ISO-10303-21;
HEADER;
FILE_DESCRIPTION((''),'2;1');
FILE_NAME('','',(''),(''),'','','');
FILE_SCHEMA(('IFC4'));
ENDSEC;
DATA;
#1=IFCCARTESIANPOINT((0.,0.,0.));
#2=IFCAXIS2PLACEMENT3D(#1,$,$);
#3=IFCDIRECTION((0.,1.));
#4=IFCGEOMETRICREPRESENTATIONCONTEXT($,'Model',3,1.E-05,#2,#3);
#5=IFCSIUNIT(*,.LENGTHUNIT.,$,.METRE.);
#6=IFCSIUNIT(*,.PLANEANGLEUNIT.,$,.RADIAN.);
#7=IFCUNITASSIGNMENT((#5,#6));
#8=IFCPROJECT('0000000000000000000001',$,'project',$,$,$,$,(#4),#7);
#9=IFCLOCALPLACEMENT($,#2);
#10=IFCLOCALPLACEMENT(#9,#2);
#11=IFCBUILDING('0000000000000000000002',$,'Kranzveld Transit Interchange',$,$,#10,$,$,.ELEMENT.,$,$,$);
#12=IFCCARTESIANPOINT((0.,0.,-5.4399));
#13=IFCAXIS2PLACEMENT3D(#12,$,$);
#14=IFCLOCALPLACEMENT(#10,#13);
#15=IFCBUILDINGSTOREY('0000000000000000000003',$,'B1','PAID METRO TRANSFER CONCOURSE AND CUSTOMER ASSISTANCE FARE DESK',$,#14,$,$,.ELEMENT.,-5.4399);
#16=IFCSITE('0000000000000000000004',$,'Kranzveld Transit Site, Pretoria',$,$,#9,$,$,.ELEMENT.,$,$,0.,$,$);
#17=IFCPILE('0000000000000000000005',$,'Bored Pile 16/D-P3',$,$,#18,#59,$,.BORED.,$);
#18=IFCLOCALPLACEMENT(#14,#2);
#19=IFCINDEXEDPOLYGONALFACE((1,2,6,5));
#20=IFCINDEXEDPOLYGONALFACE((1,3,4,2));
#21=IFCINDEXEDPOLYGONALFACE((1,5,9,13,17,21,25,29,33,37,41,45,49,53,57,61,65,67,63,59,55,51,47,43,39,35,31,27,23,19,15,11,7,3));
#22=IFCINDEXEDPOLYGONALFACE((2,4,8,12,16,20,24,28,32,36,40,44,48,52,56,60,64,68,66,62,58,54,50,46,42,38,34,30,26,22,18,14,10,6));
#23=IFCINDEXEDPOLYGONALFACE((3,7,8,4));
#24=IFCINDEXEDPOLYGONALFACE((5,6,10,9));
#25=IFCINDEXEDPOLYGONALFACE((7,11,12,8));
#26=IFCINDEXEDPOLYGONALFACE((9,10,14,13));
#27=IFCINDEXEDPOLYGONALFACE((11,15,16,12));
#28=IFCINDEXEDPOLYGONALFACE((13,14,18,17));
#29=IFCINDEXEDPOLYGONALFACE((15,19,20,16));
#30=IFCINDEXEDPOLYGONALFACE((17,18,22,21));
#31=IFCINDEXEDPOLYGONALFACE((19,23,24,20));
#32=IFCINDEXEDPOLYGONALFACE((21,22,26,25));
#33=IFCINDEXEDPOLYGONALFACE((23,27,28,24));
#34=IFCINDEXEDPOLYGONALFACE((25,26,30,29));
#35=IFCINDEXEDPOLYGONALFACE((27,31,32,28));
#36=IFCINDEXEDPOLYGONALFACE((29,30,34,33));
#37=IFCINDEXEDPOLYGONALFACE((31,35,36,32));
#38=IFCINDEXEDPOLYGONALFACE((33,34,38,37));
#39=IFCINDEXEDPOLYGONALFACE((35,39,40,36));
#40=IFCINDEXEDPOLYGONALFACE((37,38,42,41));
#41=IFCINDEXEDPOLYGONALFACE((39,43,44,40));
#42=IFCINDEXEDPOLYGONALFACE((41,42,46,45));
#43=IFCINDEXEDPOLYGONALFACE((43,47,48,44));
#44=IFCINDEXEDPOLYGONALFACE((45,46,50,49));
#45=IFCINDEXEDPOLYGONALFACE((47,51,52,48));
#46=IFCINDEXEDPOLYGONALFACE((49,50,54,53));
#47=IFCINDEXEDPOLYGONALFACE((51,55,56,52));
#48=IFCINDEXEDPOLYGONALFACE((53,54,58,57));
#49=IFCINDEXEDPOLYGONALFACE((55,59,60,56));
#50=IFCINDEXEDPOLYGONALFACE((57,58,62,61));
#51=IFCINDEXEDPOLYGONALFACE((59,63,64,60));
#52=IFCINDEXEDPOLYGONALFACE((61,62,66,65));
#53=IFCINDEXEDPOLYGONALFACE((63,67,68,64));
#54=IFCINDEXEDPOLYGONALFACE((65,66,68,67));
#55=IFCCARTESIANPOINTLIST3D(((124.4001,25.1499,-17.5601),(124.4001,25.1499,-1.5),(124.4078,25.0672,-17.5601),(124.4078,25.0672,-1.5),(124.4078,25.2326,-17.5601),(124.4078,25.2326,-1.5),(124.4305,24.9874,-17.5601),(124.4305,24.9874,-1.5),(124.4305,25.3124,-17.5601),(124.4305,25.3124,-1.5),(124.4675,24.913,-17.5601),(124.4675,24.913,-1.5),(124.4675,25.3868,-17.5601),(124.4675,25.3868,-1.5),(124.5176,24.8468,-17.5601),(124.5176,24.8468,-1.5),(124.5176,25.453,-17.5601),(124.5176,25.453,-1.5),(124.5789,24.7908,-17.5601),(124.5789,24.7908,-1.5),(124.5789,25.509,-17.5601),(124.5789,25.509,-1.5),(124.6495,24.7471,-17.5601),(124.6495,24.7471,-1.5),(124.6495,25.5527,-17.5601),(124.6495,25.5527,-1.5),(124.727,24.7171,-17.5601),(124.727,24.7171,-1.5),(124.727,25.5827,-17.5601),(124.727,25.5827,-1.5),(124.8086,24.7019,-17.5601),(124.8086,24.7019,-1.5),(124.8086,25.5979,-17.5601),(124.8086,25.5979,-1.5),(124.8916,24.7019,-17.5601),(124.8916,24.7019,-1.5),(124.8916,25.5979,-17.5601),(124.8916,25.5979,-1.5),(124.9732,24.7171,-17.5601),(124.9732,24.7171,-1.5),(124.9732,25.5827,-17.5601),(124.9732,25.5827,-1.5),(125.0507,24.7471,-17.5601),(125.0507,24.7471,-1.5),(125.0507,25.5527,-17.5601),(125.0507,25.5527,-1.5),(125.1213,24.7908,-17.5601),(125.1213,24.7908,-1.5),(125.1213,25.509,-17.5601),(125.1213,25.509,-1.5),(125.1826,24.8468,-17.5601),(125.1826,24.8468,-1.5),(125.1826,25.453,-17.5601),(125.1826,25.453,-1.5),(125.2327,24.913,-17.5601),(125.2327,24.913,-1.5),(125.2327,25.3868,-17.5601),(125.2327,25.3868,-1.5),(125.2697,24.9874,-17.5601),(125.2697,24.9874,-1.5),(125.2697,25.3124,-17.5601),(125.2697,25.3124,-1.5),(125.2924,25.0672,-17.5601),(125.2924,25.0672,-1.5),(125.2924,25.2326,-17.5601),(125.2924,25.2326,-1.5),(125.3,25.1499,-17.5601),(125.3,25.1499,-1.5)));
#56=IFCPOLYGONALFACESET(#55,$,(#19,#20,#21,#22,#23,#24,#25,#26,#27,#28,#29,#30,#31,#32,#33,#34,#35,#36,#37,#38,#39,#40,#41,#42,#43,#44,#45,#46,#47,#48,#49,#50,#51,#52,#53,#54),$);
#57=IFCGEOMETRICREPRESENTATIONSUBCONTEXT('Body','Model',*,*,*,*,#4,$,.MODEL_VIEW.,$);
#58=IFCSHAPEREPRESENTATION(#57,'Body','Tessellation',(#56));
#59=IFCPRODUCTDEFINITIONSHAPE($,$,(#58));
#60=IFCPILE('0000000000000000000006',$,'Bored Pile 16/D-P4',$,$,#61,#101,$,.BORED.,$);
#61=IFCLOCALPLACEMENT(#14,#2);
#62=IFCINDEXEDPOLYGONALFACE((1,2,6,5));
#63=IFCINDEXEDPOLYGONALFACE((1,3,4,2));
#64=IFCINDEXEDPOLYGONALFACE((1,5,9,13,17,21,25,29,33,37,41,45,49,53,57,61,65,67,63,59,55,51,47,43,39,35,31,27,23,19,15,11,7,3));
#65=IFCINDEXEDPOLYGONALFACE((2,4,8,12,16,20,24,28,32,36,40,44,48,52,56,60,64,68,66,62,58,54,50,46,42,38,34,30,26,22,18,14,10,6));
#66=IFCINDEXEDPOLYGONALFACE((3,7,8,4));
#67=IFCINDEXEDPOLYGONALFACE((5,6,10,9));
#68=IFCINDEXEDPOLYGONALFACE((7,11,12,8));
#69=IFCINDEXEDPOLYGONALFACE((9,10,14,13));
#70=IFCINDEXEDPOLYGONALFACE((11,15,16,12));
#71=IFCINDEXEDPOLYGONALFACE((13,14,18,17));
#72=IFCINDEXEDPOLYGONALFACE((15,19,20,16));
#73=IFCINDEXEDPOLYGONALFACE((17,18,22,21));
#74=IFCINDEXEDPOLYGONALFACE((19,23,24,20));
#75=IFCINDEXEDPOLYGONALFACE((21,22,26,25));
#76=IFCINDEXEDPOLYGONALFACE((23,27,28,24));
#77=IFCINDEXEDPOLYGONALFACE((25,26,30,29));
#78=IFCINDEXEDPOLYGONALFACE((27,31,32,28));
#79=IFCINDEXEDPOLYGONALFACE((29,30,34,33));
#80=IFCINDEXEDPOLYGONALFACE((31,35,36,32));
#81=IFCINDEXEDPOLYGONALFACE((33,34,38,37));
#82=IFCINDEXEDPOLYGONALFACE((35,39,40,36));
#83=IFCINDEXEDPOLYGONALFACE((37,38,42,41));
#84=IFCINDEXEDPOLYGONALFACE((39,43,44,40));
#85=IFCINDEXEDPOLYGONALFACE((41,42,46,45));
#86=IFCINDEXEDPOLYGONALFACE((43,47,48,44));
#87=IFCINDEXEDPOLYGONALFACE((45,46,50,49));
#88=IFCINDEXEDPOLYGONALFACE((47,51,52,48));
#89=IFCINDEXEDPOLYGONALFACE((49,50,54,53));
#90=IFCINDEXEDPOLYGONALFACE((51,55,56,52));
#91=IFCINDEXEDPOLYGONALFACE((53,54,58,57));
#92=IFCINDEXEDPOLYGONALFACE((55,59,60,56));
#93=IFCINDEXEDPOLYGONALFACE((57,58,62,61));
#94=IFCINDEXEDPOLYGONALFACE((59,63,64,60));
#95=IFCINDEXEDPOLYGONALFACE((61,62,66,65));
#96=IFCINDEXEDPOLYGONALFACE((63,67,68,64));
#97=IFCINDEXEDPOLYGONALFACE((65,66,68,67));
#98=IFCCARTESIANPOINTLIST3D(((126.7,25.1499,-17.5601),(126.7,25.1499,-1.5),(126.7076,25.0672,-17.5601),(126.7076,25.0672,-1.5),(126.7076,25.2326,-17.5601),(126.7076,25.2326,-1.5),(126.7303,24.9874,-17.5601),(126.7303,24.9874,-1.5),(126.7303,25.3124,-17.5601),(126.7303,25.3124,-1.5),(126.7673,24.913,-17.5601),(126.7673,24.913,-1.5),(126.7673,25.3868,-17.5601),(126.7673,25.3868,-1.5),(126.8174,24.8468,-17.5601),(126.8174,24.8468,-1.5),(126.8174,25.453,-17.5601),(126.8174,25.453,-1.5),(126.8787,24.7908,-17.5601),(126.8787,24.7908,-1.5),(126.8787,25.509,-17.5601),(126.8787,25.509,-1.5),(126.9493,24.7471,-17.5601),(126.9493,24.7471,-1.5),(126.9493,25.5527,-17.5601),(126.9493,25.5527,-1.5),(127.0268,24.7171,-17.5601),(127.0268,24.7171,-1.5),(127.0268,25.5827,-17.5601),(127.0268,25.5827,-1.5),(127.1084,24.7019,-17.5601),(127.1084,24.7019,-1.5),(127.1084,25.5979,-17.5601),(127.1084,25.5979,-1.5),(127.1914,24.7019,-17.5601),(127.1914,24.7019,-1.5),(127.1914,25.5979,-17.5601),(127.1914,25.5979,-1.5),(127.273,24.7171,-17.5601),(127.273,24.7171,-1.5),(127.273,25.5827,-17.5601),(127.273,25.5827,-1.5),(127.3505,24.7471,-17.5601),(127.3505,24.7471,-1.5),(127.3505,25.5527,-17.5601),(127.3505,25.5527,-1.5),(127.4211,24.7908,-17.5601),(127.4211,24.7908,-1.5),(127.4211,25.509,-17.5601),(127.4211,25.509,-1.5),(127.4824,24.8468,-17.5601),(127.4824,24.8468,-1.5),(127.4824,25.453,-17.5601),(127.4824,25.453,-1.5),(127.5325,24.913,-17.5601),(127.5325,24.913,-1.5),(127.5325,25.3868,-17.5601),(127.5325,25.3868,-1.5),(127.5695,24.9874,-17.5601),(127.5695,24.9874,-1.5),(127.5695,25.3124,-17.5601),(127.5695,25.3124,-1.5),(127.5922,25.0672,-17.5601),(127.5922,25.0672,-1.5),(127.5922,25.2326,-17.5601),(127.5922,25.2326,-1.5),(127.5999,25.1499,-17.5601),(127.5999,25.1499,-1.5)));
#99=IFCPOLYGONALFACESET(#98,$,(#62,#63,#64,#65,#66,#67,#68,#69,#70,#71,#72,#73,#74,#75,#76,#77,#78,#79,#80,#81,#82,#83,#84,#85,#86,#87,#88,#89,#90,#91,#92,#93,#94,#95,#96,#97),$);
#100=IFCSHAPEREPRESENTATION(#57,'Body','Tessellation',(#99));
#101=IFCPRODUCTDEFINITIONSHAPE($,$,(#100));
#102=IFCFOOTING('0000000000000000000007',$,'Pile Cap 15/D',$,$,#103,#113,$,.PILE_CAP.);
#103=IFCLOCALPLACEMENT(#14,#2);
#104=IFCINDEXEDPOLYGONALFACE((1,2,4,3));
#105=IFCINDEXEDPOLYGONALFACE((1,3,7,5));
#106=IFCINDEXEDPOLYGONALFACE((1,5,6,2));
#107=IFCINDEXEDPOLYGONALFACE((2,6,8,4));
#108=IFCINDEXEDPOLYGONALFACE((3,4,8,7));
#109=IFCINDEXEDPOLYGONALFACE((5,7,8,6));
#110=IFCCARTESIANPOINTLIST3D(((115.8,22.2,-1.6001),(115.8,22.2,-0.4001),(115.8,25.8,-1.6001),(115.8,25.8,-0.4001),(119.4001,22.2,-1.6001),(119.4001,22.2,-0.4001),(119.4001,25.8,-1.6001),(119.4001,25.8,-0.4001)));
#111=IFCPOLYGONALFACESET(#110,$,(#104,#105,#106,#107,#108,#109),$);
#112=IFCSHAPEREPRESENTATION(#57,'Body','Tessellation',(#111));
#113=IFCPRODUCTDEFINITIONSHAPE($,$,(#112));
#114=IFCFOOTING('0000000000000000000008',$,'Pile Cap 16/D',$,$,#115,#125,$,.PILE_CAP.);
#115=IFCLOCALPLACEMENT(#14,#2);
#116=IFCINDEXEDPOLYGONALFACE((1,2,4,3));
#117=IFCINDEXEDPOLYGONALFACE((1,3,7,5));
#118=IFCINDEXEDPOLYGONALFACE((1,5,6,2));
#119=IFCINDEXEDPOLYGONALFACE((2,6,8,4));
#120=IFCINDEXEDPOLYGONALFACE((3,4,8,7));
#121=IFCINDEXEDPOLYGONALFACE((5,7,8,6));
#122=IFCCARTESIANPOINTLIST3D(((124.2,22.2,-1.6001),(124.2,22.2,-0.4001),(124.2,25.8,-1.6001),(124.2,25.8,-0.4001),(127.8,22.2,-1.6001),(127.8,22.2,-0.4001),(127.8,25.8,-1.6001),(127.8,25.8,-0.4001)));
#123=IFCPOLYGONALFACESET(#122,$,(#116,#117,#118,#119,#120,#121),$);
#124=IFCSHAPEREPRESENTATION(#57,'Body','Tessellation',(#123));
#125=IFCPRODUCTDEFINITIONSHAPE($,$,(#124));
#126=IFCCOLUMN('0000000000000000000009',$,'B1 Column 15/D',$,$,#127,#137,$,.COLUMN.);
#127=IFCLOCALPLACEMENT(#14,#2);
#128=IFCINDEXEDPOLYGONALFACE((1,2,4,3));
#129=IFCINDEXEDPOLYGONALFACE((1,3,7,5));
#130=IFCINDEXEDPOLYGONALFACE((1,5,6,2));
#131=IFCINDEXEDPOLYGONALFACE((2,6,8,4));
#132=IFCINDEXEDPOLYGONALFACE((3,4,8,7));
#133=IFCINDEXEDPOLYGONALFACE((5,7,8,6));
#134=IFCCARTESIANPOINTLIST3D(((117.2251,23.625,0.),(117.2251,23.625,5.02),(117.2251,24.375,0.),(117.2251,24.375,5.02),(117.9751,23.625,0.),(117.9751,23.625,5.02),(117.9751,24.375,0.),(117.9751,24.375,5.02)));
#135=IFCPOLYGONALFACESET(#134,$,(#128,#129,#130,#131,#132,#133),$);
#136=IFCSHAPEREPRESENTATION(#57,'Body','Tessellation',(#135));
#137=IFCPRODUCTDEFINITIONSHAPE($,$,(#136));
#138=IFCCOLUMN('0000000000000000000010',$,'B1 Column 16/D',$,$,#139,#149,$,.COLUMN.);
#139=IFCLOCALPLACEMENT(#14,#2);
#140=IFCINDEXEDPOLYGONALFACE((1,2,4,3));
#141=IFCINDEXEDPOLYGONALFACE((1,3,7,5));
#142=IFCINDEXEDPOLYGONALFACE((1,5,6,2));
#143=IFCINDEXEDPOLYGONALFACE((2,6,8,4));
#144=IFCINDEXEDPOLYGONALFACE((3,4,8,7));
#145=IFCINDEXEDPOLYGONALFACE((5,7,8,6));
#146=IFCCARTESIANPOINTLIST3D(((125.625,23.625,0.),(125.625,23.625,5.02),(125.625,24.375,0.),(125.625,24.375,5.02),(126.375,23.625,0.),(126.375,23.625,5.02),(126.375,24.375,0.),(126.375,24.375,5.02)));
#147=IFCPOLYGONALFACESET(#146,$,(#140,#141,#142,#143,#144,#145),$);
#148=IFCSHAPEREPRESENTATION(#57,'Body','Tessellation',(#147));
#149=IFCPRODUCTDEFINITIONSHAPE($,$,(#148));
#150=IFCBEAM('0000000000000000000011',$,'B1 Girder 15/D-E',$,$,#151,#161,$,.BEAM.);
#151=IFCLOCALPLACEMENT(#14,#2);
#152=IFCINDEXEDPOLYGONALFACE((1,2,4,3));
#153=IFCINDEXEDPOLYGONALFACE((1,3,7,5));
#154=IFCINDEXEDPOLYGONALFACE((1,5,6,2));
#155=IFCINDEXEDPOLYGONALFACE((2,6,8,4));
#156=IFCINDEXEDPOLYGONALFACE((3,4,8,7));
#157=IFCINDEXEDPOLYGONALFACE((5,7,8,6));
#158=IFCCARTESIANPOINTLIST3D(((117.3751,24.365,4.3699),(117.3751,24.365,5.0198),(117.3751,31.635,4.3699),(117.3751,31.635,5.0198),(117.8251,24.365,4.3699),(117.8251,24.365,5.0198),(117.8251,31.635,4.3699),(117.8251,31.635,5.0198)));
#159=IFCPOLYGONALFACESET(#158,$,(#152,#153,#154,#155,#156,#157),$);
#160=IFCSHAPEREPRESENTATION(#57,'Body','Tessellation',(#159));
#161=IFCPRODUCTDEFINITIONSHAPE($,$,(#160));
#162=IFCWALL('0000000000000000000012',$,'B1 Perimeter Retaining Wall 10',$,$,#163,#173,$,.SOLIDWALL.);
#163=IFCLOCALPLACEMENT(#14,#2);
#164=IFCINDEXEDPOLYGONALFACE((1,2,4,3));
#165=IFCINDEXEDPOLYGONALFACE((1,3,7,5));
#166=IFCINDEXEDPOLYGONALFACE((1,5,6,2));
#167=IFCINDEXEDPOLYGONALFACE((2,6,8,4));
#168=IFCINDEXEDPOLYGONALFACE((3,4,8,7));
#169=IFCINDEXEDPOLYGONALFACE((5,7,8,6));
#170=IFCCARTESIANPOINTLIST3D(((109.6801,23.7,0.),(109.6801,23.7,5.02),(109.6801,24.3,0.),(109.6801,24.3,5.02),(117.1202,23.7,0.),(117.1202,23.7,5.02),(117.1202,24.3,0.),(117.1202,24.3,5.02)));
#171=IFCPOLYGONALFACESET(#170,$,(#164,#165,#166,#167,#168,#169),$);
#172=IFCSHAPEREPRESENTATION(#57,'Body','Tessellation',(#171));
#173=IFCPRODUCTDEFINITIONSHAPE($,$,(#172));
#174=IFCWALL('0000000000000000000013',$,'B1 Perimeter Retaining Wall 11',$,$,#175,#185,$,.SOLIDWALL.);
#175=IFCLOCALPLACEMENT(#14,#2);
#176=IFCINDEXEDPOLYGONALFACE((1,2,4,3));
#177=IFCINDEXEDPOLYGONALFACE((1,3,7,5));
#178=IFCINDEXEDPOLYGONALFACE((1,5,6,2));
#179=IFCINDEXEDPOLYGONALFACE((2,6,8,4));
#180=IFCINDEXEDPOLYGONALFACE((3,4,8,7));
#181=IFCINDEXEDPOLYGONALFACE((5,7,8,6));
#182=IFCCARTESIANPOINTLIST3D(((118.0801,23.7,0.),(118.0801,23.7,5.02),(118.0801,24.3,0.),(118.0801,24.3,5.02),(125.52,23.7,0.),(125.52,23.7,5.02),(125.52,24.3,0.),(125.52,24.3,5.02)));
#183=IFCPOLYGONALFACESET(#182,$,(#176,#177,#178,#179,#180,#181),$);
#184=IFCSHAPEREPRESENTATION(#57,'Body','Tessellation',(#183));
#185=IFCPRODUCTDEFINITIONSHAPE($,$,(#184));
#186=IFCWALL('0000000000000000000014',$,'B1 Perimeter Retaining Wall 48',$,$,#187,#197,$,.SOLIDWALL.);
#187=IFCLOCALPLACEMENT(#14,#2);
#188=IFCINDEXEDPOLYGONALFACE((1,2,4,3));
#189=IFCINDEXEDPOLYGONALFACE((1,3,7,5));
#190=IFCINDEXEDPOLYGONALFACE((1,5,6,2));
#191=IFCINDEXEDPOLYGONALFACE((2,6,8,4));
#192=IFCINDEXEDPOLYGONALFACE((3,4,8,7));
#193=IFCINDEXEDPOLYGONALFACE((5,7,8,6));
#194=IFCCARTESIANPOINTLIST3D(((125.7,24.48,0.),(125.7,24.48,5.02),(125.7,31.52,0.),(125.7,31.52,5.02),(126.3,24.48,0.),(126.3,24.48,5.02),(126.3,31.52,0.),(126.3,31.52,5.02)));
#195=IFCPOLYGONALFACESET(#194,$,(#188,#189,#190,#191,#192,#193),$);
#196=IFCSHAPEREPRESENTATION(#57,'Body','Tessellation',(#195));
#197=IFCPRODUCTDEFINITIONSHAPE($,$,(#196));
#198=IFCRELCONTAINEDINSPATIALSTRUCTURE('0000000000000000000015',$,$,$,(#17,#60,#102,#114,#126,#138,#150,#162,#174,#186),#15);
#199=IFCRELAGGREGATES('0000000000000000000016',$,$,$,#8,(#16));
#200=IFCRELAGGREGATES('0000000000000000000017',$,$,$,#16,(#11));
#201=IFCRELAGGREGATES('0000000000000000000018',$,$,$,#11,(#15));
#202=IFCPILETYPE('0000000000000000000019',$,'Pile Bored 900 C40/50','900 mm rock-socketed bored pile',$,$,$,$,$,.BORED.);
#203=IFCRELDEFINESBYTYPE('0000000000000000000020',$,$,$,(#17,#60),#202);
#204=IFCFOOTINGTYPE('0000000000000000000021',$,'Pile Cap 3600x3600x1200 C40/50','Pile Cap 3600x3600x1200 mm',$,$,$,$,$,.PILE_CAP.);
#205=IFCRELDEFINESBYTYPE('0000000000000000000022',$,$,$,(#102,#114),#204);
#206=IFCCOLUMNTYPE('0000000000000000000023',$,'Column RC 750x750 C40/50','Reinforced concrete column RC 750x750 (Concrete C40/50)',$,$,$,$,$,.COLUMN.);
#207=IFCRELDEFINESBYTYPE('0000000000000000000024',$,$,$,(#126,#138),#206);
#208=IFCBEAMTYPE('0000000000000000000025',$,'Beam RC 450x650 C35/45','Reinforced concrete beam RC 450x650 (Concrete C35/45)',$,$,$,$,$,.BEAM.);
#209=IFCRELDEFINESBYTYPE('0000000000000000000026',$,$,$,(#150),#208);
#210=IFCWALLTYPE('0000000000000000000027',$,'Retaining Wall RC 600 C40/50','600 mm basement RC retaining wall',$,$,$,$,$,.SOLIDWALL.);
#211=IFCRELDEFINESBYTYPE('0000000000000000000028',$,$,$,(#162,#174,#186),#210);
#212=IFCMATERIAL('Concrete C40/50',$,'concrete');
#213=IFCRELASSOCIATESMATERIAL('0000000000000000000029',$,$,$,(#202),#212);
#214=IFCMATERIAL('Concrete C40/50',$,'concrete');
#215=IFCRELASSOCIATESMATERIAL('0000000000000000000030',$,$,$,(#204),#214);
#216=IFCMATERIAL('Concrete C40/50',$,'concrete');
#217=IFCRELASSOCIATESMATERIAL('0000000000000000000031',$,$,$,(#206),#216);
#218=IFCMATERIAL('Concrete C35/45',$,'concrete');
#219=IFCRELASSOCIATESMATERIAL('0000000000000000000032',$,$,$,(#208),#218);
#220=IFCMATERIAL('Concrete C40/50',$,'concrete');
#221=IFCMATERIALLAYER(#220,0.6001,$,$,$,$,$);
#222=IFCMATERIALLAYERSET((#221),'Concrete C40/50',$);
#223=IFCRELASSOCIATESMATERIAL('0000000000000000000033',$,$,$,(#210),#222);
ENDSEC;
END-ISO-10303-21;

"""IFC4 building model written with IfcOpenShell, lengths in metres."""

from ifc_helpers import new_model, si_unit, direction, frame, frame_2d, origin, origin_2d, place, context, subcontext, project, spatial, rectangle, circle, extrude, material, layer, layer_set, material_profile, profile_set, type_object, element, save


model = new_model("IFC4")

# Units and contexts
model_context = context("Model", 3, precision=1e-05, world=origin(), true_north=direction((0.0, 1.0)))
body_context = subcontext(model_context, "Body", "Model", "MODEL_VIEW")
ifc_project = project(units=[si_unit("LENGTHUNIT", "METRE"), si_unit("PLANEANGLEUNIT", "RADIAN")], contexts=[model_context])

# Site, building, storey
site_placement = place(None, origin())
site = spatial("IfcSite", under=ifc_project, at=site_placement, Name="Kranzveld Transit Site, Pretoria", CompositionType="ELEMENT", RefElevation=0.0)
building_placement = place(site_placement, origin())
building = spatial("IfcBuilding", under=site, at=building_placement, Name="Kranzveld Transit Interchange", CompositionType="ELEMENT")
storey_placement = place(building_placement, frame((0.0, 0.0, -5.4399)))
storey = spatial("IfcBuildingStorey", under=building, at=storey_placement, Name="B1", Description="PAID METRO TRANSFER CONCOURSE AND CUSTOMER ASSISTANCE FARE DESK", CompositionType="ELEMENT", Elevation=-5.4399)

# Piles
ifc_material_1 = material(Name="Concrete C40/50", Category="concrete")
ifc_material_profile_1 = material_profile(ifc_material_1, circle(Radius=0.45, at=origin_2d()), Name="BORED PILE 900")
ifc_profile_set_1 = profile_set([ifc_material_profile_1], Name="Concrete C40/50")
pile_type = type_object("IfcPileType", Name="Pile Bored 900 C40/50", Description="900 mm rock-socketed bored pile", PredefinedType="BORED", material=ifc_profile_set_1)
for number, where, z_axis, x_axis, name in (
    (1, (124.8501, 25.1499, -1.5), (0.0, 0.0, -1.0), (1.0, 0.0, 0.0), "Bored Pile 16/D-P3"),
    (2, (127.1499, 25.1499, -1.5), (0.0, 0.0, -1.0), (1.0, 0.0, 0.0), "Bored Pile 16/D-P4"),
):
    element("IfcPile", number, at=place(storey_placement, frame(where, z_axis=z_axis, x_axis=x_axis)), inside=storey, type_object=pile_type, Name=name, PredefinedType="BORED", context=body_context, shape_type="SweptSolid", body=[
        extrude(circle(Radius=0.45, at=origin_2d()), origin(), (0.0, 0.0, 1.0), 16.0601),
    ])

# Footings
ifc_material_2 = material(Name="Concrete C40/50", Category="concrete")
footing_type = type_object("IfcFootingType", Name="Pile Cap 3600x3600x1200 C40/50", Description="Pile Cap 3600x3600x1200 mm", PredefinedType="PILE_CAP", material=ifc_material_2)
for number, where, z_axis, x_axis, name in (
    (3, (117.6001, 24.0, -1.6001), (0.0, 0.0, 1.0), (1.0, 0.0, 0.0), "Pile Cap 15/D"),
    (4, (126.0, 24.0, -1.6001), (0.0, 0.0, 1.0), (1.0, 0.0, 0.0), "Pile Cap 16/D"),
):
    element("IfcFooting", number, at=place(storey_placement, frame(where, z_axis=z_axis, x_axis=x_axis)), inside=storey, type_object=footing_type, Name=name, PredefinedType="PILE_CAP", context=body_context, shape_type="SweptSolid", body=[
        extrude(rectangle(XDim=3.6001, YDim=3.6001, at=origin_2d()), origin(), (0.0, 0.0, 1.0), 1.2),
    ])

# Columns
ifc_material_3 = material(Name="Concrete C40/50", Category="concrete")
ifc_material_profile_2 = material_profile(ifc_material_3, rectangle(XDim=0.75, YDim=0.75, at=origin_2d()), Name="RC 750x750")
ifc_profile_set_2 = profile_set([ifc_material_profile_2], Name="Concrete C40/50")
column_type = type_object("IfcColumnType", Name="Column RC 750x750 C40/50", Description="Reinforced concrete column RC 750x750 (Concrete C40/50)", PredefinedType="COLUMN", material=ifc_profile_set_2)
for number, where, z_axis, x_axis, name in (
    (5, (117.6001, 24.0, 0.0), (0.0, 0.0, 1.0), (1.0, 0.0, 0.0), "B1 Column 15/D"),
    (6, (126.0, 24.0, 0.0), (0.0, 0.0, 1.0), (1.0, 0.0, 0.0), "B1 Column 16/D"),
):
    element("IfcColumn", number, at=place(storey_placement, frame(where, z_axis=z_axis, x_axis=x_axis)), inside=storey, type_object=column_type, Name=name, PredefinedType="COLUMN", context=body_context, shape_type="SweptSolid", body=[
        extrude(rectangle(XDim=0.75, YDim=0.75, at=origin_2d()), origin(), (0.0, 0.0, 1.0), 5.02),
    ])

# Beam
ifc_material_4 = material(Name="Concrete C35/45", Category="concrete")
ifc_material_profile_3 = material_profile(ifc_material_4, rectangle(XDim=0.45, YDim=0.6499, at=origin_2d()), Name="RC 450x650")
ifc_profile_set_3 = profile_set([ifc_material_profile_3], Name="Concrete C35/45")
beam_type = type_object("IfcBeamType", Name="Beam RC 450x650 C35/45", Description="Reinforced concrete beam RC 450x650 (Concrete C35/45)", PredefinedType="BEAM", material=ifc_profile_set_3)
beam_placement = place(storey_placement, frame((117.6001, 24.365, 4.6948), z_axis=(0.0, 1.0, 0.0), x_axis=(-1.0, 0.0, 0.0)))
element("IfcBeam", 7, at=beam_placement, inside=storey, type_object=beam_type, Name="B1 Girder 15/D-E", PredefinedType="BEAM", context=body_context, shape_type="SweptSolid", body=[
    extrude(rectangle(XDim=0.45, YDim=0.6499, at=origin_2d()), origin(), (0.0, 0.0, 1.0), 7.27),
])

# Walls
ifc_material_5 = material(Name="Concrete C40/50", Category="concrete")
ifc_layer_1 = layer(ifc_material_5, 0.6001)
ifc_layer_set_1 = layer_set([ifc_layer_1], Name="Concrete C40/50")
wall_type_1 = type_object("IfcWallType", Name="Retaining Wall RC 600 C40/50", Description="600 mm basement RC retaining wall", PredefinedType="SOLIDWALL", material=ifc_layer_set_1)
wall_1_placement = place(storey_placement, frame((109.6799, 24.0, 0.0), z_axis=(0.0, 0.0, 1.0), x_axis=(1.0, 0.0, 0.0)))
element("IfcWall", 8, at=wall_1_placement, inside=storey, type_object=wall_type_1, Name="B1 Perimeter Retaining Wall 10", PredefinedType="SOLIDWALL", context=body_context, shape_type="SweptSolid", body=[
    extrude(rectangle(XDim=7.4402, YDim=0.6001, at=frame_2d((3.7202, 0.0))), origin(), (0.0, 0.0, 1.0), 5.02),
])
wall_2_placement = place(storey_placement, frame((118.0801, 24.0, 0.0), z_axis=(0.0, 0.0, 1.0), x_axis=(1.0, 0.0, 0.0)))
element("IfcWall", 9, at=wall_2_placement, inside=storey, type_object=wall_type_1, Name="B1 Perimeter Retaining Wall 11", PredefinedType="SOLIDWALL", context=body_context, shape_type="SweptSolid", body=[
    extrude(rectangle(XDim=7.4399, YDim=0.6001, at=frame_2d((3.72, 0.0))), origin(), (0.0, 0.0, 1.0), 5.02),
])
wall_3_placement = place(storey_placement, frame((126.0, 24.48, 0.0), z_axis=(0.0, 0.0, 1.0), x_axis=(0.0, 1.0, 0.0)))
element("IfcWall", 10, at=wall_3_placement, inside=storey, type_object=wall_type_1, Name="B1 Perimeter Retaining Wall 48", PredefinedType="SOLIDWALL", context=body_context, shape_type="SweptSolid", body=[
    extrude(rectangle(XDim=7.04, YDim=0.6001, at=frame_2d((3.52, 0.0))), origin(), (0.0, 0.0, 1.0), 5.02),
])

save(model, "model.ifc")
